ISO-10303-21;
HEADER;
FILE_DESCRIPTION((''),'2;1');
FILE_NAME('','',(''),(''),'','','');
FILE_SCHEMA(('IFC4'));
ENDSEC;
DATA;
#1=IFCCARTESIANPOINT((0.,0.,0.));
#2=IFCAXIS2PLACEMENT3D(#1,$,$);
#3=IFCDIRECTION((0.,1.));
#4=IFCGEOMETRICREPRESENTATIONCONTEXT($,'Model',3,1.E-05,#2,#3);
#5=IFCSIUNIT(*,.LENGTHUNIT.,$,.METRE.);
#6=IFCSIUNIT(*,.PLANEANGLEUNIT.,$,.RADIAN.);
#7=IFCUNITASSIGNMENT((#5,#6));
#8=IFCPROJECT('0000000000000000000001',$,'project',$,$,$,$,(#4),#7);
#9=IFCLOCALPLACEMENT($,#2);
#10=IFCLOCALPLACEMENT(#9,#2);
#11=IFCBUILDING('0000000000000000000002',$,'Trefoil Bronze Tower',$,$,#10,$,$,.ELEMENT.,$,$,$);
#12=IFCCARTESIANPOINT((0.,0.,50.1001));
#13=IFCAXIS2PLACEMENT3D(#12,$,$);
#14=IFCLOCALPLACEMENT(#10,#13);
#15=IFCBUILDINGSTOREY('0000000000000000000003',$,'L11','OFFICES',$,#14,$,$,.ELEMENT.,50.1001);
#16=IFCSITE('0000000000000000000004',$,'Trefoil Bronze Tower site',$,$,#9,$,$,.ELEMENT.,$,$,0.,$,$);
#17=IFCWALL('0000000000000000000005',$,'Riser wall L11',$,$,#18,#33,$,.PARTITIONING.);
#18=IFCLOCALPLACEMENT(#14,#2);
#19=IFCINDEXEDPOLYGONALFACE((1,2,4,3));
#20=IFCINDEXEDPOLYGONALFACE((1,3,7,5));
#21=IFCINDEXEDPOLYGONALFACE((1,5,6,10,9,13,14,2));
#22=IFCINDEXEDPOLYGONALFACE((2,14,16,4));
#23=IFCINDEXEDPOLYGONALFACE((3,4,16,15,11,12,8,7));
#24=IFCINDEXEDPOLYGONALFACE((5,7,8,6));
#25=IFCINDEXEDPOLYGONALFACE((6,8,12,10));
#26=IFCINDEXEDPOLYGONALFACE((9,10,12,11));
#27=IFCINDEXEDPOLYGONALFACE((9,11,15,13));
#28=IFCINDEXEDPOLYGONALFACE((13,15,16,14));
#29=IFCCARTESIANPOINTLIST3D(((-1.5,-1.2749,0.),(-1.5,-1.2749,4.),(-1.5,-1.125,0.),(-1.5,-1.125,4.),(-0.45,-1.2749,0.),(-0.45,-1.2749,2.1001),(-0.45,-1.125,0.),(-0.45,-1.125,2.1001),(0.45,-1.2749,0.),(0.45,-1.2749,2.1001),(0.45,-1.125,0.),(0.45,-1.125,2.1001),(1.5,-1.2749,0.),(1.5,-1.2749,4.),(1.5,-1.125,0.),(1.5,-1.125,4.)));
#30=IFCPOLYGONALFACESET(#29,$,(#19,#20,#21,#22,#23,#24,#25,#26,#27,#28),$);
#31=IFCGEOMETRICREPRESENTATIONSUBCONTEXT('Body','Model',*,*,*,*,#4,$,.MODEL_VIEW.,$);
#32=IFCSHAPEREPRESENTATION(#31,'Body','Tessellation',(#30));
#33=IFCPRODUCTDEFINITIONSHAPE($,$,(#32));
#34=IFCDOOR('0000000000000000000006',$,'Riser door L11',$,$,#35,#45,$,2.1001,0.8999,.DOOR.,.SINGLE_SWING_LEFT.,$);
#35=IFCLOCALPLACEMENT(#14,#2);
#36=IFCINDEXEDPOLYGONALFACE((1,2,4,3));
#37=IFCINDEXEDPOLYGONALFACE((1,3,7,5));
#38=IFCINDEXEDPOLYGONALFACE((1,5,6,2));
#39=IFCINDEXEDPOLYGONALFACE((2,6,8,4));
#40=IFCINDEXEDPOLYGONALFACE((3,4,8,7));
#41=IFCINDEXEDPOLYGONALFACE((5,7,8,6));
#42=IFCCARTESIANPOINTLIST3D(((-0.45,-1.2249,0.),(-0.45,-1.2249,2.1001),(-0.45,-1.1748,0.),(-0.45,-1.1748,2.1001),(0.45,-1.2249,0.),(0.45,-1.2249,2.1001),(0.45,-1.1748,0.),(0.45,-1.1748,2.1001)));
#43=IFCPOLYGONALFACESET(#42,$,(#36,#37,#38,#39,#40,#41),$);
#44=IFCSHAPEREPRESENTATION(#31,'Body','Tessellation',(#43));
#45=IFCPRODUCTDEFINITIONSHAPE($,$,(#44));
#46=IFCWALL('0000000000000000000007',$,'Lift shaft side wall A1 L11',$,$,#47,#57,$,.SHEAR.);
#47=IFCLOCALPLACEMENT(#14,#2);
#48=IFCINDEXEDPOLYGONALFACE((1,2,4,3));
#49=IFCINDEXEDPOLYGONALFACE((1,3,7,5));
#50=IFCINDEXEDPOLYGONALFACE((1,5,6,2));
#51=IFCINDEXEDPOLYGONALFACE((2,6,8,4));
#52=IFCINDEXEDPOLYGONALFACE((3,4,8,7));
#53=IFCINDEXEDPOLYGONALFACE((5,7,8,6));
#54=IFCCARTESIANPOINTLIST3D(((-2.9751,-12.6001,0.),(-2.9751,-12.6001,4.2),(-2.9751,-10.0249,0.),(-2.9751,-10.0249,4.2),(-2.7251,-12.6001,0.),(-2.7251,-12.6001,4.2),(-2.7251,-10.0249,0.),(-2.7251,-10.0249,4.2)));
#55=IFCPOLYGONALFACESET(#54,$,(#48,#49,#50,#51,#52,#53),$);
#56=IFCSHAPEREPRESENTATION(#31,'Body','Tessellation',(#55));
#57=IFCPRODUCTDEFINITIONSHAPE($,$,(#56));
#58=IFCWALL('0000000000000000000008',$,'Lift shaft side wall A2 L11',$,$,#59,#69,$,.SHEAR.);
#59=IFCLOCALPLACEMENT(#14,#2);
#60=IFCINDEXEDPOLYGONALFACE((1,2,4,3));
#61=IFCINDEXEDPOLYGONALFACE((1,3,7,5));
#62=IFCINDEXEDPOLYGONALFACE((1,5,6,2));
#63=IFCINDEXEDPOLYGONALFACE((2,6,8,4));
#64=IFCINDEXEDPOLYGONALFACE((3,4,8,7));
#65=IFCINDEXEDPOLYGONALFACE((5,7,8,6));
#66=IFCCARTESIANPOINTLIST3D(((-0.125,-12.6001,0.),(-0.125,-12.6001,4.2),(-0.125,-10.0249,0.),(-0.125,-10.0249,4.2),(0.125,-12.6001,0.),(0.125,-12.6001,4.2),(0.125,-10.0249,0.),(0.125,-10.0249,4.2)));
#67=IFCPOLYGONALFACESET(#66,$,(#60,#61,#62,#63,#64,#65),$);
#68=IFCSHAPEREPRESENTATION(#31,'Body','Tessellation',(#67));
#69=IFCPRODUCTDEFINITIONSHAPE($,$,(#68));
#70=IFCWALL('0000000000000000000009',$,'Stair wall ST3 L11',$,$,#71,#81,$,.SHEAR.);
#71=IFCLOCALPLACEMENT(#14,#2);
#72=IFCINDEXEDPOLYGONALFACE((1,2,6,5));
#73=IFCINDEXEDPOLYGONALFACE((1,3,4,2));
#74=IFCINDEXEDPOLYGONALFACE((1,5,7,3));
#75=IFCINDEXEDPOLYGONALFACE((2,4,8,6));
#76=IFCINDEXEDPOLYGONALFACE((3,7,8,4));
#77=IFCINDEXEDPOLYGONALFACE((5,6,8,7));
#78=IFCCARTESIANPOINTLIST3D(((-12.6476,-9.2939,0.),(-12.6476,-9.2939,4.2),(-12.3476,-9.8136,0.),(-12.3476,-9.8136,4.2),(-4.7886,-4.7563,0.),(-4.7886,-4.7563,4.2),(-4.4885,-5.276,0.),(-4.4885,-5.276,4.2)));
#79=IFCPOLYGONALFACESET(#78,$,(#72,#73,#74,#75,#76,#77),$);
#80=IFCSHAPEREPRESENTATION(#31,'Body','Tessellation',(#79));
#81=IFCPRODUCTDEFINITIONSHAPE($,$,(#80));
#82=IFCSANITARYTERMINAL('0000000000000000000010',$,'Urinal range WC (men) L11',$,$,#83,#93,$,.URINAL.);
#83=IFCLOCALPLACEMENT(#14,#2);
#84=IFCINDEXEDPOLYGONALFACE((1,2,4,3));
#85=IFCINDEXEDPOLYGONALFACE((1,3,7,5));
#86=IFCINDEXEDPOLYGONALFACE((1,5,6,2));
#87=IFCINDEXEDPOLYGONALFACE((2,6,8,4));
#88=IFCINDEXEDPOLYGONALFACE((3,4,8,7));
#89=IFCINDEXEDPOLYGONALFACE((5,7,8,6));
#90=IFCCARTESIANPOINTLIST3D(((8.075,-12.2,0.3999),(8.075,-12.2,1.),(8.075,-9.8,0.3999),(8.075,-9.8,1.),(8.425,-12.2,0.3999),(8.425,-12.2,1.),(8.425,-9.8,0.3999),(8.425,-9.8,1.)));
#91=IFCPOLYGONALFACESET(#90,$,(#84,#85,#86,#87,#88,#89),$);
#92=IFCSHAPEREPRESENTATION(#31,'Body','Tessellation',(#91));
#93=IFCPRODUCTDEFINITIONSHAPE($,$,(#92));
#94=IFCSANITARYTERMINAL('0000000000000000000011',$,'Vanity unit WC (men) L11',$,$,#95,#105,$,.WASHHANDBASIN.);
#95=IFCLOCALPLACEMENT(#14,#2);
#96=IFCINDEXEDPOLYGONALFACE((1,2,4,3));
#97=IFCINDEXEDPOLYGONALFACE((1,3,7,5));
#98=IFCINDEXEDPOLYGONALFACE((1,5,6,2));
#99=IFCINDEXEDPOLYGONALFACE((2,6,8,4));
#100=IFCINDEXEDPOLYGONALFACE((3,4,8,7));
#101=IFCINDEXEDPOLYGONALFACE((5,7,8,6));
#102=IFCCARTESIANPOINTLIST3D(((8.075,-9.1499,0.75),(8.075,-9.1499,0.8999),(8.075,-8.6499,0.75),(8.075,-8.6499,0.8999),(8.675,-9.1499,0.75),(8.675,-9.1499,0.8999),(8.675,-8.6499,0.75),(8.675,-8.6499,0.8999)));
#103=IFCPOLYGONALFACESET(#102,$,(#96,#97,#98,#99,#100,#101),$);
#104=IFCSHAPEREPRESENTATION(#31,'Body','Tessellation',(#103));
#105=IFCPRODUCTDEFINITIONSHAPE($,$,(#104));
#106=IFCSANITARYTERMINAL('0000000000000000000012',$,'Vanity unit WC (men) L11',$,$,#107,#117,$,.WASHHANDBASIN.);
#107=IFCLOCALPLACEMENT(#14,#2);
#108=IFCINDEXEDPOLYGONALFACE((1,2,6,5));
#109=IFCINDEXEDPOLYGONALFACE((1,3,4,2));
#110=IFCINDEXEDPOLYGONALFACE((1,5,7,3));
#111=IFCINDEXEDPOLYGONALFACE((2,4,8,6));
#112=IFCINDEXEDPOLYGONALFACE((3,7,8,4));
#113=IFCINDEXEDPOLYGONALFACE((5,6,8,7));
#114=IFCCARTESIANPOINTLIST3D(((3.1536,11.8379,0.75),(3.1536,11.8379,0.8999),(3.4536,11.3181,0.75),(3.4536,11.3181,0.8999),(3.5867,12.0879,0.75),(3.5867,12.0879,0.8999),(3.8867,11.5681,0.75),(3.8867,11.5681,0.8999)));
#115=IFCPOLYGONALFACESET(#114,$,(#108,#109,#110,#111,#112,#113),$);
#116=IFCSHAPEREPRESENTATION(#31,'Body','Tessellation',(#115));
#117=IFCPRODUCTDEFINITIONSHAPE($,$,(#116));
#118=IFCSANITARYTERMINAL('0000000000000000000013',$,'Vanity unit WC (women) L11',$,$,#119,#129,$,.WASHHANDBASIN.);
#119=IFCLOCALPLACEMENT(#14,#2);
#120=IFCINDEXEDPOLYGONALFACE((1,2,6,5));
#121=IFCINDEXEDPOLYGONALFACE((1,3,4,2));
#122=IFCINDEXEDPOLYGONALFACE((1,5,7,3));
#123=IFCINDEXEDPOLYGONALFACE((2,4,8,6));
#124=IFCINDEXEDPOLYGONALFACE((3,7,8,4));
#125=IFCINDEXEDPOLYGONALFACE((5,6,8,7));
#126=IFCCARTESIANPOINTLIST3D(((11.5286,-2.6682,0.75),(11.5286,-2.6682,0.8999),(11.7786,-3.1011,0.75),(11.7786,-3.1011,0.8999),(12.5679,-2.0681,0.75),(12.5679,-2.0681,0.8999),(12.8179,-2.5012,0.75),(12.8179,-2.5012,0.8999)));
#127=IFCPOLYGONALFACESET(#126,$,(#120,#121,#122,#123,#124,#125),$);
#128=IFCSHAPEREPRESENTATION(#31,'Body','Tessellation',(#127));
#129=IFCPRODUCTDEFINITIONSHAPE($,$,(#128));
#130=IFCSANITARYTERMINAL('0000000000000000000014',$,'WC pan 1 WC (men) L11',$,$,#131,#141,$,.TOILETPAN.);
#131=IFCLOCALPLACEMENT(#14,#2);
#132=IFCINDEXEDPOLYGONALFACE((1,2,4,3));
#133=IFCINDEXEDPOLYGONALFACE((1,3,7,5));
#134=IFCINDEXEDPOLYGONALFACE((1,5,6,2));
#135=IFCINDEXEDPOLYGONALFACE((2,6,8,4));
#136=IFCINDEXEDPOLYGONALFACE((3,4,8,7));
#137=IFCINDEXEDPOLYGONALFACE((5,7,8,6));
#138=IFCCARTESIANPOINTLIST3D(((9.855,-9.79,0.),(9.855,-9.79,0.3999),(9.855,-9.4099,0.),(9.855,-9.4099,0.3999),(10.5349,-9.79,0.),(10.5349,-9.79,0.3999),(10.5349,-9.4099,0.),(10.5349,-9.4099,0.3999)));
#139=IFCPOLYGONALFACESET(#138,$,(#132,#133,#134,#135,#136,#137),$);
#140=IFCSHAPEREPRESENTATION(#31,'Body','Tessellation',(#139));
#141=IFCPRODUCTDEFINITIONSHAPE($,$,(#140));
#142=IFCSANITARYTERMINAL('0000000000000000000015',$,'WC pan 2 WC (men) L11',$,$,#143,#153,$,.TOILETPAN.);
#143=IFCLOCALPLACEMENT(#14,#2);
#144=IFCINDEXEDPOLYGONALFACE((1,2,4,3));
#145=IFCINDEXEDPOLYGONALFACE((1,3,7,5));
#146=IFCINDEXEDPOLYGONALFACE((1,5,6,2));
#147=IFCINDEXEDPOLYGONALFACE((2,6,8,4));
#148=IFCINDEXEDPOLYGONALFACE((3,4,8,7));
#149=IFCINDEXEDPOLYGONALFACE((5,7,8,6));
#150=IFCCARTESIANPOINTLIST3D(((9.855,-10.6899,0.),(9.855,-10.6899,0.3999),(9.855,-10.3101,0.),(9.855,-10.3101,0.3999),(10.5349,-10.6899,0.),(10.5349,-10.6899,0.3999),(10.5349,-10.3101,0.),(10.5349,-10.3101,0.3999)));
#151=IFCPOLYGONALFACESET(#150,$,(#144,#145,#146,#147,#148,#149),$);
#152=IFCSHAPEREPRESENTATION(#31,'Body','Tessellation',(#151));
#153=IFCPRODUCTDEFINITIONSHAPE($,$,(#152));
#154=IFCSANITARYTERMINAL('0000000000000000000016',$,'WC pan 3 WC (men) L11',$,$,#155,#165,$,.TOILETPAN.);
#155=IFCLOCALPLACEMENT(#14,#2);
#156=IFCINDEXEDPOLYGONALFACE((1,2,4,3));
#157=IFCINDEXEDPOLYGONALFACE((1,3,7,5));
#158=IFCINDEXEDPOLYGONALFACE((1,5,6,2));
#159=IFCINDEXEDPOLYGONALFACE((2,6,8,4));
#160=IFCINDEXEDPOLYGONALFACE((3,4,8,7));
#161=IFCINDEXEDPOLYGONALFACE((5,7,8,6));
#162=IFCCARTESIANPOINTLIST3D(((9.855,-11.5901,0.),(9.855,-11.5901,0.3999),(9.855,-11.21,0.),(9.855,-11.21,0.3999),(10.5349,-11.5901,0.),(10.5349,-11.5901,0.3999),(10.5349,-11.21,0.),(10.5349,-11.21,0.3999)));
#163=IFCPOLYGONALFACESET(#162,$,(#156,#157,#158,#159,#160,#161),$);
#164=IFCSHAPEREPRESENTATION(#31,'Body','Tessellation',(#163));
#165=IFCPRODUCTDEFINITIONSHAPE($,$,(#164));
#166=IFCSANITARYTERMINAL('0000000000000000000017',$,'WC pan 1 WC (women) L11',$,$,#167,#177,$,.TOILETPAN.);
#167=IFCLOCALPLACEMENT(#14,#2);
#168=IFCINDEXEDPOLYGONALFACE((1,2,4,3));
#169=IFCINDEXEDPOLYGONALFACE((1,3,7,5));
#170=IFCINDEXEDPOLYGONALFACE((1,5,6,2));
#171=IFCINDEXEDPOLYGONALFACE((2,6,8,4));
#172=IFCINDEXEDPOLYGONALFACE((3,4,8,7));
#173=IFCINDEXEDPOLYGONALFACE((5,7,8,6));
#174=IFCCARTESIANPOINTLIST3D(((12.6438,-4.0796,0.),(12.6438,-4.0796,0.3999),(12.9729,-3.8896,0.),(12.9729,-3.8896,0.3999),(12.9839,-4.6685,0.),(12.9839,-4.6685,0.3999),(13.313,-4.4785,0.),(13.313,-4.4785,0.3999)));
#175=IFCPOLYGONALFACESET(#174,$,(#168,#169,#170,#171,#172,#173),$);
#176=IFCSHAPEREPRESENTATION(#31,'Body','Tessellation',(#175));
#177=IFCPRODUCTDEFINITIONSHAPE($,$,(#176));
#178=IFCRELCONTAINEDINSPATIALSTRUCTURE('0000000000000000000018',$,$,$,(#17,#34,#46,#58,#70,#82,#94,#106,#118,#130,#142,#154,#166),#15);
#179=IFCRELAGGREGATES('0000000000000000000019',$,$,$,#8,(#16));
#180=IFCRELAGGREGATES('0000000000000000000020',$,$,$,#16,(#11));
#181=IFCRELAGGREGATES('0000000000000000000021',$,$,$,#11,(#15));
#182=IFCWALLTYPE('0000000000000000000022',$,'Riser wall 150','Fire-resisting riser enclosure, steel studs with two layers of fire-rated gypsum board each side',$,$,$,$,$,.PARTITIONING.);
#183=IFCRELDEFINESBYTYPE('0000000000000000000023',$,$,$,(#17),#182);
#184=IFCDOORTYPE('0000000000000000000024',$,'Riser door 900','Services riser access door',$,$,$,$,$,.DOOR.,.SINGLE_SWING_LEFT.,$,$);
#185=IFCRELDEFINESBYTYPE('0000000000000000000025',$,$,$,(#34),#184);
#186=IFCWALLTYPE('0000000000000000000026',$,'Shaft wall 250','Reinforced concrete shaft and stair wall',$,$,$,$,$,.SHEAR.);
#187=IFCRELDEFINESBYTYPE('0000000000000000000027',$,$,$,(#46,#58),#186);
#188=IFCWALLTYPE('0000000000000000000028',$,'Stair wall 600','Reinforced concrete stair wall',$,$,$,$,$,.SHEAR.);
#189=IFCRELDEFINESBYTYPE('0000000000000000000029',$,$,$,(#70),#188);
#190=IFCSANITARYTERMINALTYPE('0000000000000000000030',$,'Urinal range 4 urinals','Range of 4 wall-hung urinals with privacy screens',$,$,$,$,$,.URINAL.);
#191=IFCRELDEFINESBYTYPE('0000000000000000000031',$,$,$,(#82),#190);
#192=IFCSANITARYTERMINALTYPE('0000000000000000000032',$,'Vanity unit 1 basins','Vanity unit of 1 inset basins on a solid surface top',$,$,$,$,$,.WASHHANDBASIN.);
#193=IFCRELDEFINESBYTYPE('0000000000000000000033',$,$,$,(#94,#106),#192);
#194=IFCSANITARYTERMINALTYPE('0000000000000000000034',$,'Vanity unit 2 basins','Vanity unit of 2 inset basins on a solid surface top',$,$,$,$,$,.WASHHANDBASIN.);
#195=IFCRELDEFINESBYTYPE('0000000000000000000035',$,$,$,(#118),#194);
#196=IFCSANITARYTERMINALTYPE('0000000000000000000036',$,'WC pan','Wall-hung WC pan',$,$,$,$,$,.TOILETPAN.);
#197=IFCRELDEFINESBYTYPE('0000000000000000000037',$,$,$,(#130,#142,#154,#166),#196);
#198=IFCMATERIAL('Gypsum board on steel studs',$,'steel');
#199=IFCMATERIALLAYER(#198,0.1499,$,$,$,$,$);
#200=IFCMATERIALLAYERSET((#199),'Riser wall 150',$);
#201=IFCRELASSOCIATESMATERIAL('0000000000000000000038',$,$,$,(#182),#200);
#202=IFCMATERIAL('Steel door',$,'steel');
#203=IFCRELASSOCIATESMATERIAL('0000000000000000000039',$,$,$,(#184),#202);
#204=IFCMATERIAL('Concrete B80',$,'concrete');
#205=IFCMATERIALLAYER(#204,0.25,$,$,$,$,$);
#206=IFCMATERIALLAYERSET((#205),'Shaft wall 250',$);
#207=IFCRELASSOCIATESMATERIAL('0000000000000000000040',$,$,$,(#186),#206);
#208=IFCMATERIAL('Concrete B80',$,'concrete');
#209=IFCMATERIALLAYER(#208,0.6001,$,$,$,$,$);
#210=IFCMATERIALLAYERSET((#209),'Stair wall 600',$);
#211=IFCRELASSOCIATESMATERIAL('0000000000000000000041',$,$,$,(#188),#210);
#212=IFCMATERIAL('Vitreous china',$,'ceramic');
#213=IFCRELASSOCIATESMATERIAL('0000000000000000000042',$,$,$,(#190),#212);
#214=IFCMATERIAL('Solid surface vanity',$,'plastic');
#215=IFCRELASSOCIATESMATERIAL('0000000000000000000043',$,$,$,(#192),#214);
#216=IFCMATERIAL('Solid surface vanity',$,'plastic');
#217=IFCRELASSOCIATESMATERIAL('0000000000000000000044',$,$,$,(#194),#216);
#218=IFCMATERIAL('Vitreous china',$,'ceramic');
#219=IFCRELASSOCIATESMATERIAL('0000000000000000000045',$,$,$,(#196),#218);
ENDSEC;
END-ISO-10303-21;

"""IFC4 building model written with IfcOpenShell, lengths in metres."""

from ifc_helpers import new_model, si_unit, direction, frame, frame_2d, origin, place, context, subcontext, project, spatial, polyline, rectangle, outline, extrude, material, layer, layer_set, type_object, element, fill, save


model = new_model("IFC4")

# Units and contexts
model_context = context("Model", 3, precision=1e-05, world=origin(), true_north=direction((0.0, 1.0)))
body_context = subcontext(model_context, "Body", "Model", "MODEL_VIEW")
ifc_project = project(units=[si_unit("LENGTHUNIT", "METRE"), si_unit("PLANEANGLEUNIT", "RADIAN")], contexts=[model_context])

# Site, building, storey
site_placement = place(None, origin())
site = spatial("IfcSite", under=ifc_project, at=site_placement, Name="Trefoil Bronze Tower site", CompositionType="ELEMENT", RefElevation=0.0)
building_placement = place(site_placement, origin())
building = spatial("IfcBuilding", under=site, at=building_placement, Name="Trefoil Bronze Tower", CompositionType="ELEMENT")
storey_placement = place(building_placement, frame((0.0, 0.0, 50.1001)))
storey = spatial("IfcBuildingStorey", under=building, at=storey_placement, Name="L11", Description="OFFICES", CompositionType="ELEMENT", Elevation=50.1001)

# Wall, opening, door
ifc_material_1 = material(Name="Gypsum board on steel studs", Category="steel")
ifc_layer_1 = layer(ifc_material_1, 0.1499)
ifc_layer_set_1 = layer_set([ifc_layer_1], Name="Riser wall 150")
wall_type_1 = type_object("IfcWallType", Name="Riser wall 150", Description="Fire-resisting riser enclosure, steel studs with two layers of fire-rated gypsum board each side", PredefinedType="PARTITIONING", material=ifc_layer_set_1)
wall_1_placement = place(storey_placement, frame((-1.5, -1.2, 0.0), z_axis=(0.0, 0.0, 1.0), x_axis=(1.0, 0.0, 0.0)))
wall_1 = element("IfcWall", 1, at=wall_1_placement, inside=storey, type_object=wall_type_1, Name="Riser wall L11", PredefinedType="PARTITIONING", context=body_context, shape_type="SweptSolid", body=[
    extrude(rectangle(XDim=3.0, YDim=0.1499, at=frame_2d((1.5, 0.0))), origin(), (0.0, 0.0, 1.0), 4.0),
])
opening_placement = place(wall_1_placement, frame((1.05, 0.0, 0.0)))
opening = element("IfcOpeningElement", 2, at=opening_placement, cuts=wall_1, PredefinedType="OPENING", context=body_context, shape_type="SweptSolid", body=[
    extrude(rectangle(XDim=0.8999, YDim=2.1001, at=frame_2d((0.45, 1.05))), frame((0.0, 0.085, 0.0), z_axis=(0.0, -1.0, 0.0), x_axis=(1.0, 0.0, 0.0)), (0.0, 0.0, 1.0), 0.1699),
])
ifc_material_2 = material(Name="Steel door", Category="steel")
door_type = type_object("IfcDoorType", Name="Riser door 900", Description="Services riser access door", OperationType="SINGLE_SWING_LEFT", PredefinedType="DOOR", material=ifc_material_2)
door_placement = place(opening_placement, frame((0.8999, 0.0, 0.0), z_axis=(0.0, 0.0, 1.0), x_axis=(-1.0, 0.0, 0.0)))
door = element("IfcDoor", 3, at=door_placement, inside=storey, type_object=door_type, Name="Riser door L11", OperationType="SINGLE_SWING_LEFT", OverallHeight=2.1001, OverallWidth=0.8999, PredefinedType="DOOR", context=body_context, shape_type="SweptSolid", body=[
    extrude(rectangle(XDim=0.8999, YDim=2.1001, at=frame_2d((0.45, 1.05))), frame((0.0, 0.0249, 0.0), z_axis=(0.0, -1.0, 0.0), x_axis=(1.0, 0.0, 0.0)), (0.0, 0.0, 1.0), 0.05),
])
fill(opening, door)

# Walls
ifc_material_3 = material(Name="Concrete B80", Category="concrete")
ifc_layer_2 = layer(ifc_material_3, 0.25)
ifc_layer_set_2 = layer_set([ifc_layer_2], Name="Shaft wall 250")
wall_type_2 = type_object("IfcWallType", Name="Shaft wall 250", Description="Reinforced concrete shaft and stair wall", PredefinedType="SHEAR", material=ifc_layer_set_2)
for number, where, z_axis, x_axis, name in (
    (4, (-2.8501, -10.0249, 0.0), (0.0, 0.0, 1.0), (0.0, -1.0, 0.0), "Lift shaft side wall A1 L11"),
    (5, (0.0, -10.0249, 0.0), (0.0, 0.0, 1.0), (0.0, -1.0, 0.0), "Lift shaft side wall A2 L11"),
):
    element("IfcWall", number, at=place(storey_placement, frame(where, z_axis=z_axis, x_axis=x_axis)), inside=storey, type_object=wall_type_2, Name=name, PredefinedType="SHEAR", context=body_context, shape_type="SweptSolid", body=[
        extrude(rectangle(XDim=2.5752, YDim=0.25, at=frame_2d((1.2876, 0.0))), origin(), (0.0, 0.0, 1.0), 4.2),
    ])
ifc_material_4 = material(Name="Concrete B80", Category="concrete")
ifc_layer_3 = layer(ifc_material_4, 0.6001)
ifc_layer_set_3 = layer_set([ifc_layer_3], Name="Stair wall 600")
wall_type_3 = type_object("IfcWallType", Name="Stair wall 600", Description="Reinforced concrete stair wall", PredefinedType="SHEAR", material=ifc_layer_set_3)
wall_2_placement = place(storey_placement, frame((-4.6384, -5.0161, 0.0), z_axis=(0.0, 0.0, 1.0), x_axis=(-0.866019, -0.50001, 0.0)))
element("IfcWall", 6, at=wall_2_placement, inside=storey, type_object=wall_type_3, Name="Stair wall ST3 L11", PredefinedType="SHEAR", context=body_context, shape_type="SweptSolid", body=[
    extrude(rectangle(XDim=9.075, YDim=0.6001, at=frame_2d((4.5376, 0.0))), origin(), (0.0, 0.0, 1.0), 4.2),
])

# Sanitary terminals
ifc_material_5 = material(Name="Vitreous china", Category="ceramic")
sanitary_terminal_type_1 = type_object("IfcSanitaryTerminalType", Name="Urinal range 4 urinals", Description="Range of 4 wall-hung urinals with privacy screens", PredefinedType="URINAL", material=ifc_material_5)
sanitary_terminal_1_placement = place(storey_placement, frame((0.0, 0.0, 0.3999)))
element("IfcSanitaryTerminal", 7, at=sanitary_terminal_1_placement, inside=storey, type_object=sanitary_terminal_type_1, Name="Urinal range WC (men) L11", PredefinedType="URINAL", context=body_context, shape_type="SweptSolid", body=[
    extrude(outline(polyline([(8.075, -9.8), (8.425, -9.8), (8.425, -12.2), (8.075, -12.2), (8.075, -9.8)])), origin(), (0.0, 0.0, 1.0), 0.6001),
])
ifc_material_6 = material(Name="Solid surface vanity", Category="plastic")
sanitary_terminal_type_2 = type_object("IfcSanitaryTerminalType", Name="Vanity unit 1 basins", Description="Vanity unit of 1 inset basins on a solid surface top", PredefinedType="WASHHANDBASIN", material=ifc_material_6)
sanitary_terminal_2_placement = place(storey_placement, frame((0.0, 0.0, 0.75)))
element("IfcSanitaryTerminal", 8, at=sanitary_terminal_2_placement, inside=storey, type_object=sanitary_terminal_type_2, Name="Vanity unit WC (men) L11", PredefinedType="WASHHANDBASIN", context=body_context, shape_type="SweptSolid", body=[
    extrude(outline(polyline([(8.075, -8.6499), (8.675, -8.6499), (8.675, -9.1499), (8.075, -9.1499), (8.075, -8.6499)])), origin(), (0.0, 0.0, 1.0), 0.1499),
])
sanitary_terminal_3_placement = place(storey_placement, frame((0.0, 0.0, 0.75)))
element("IfcSanitaryTerminal", 9, at=sanitary_terminal_3_placement, inside=storey, type_object=sanitary_terminal_type_2, Name="Vanity unit WC (men) L11", PredefinedType="WASHHANDBASIN", context=body_context, shape_type="SweptSolid", body=[
    extrude(outline(polyline([(3.4536, 11.3181), (3.1536, 11.8379), (3.5867, 12.0879), (3.8867, 11.5681), (3.4536, 11.3181)])), origin(), (0.0, 0.0, 1.0), 0.1499),
])
ifc_material_7 = material(Name="Solid surface vanity", Category="plastic")
sanitary_terminal_type_3 = type_object("IfcSanitaryTerminalType", Name="Vanity unit 2 basins", Description="Vanity unit of 2 inset basins on a solid surface top", PredefinedType="WASHHANDBASIN", material=ifc_material_7)
sanitary_terminal_4_placement = place(storey_placement, frame((0.0, 0.0, 0.75)))
element("IfcSanitaryTerminal", 10, at=sanitary_terminal_4_placement, inside=storey, type_object=sanitary_terminal_type_3, Name="Vanity unit WC (women) L11", PredefinedType="WASHHANDBASIN", context=body_context, shape_type="SweptSolid", body=[
    extrude(outline(polyline([(11.5286, -2.6682), (11.7786, -3.1011), (12.8179, -2.5012), (12.5679, -2.0681), (11.5286, -2.6682)])), origin(), (0.0, 0.0, 1.0), 0.1499),
])
ifc_material_8 = material(Name="Vitreous china", Category="ceramic")
sanitary_terminal_type_4 = type_object("IfcSanitaryTerminalType", Name="WC pan", Description="Wall-hung WC pan", PredefinedType="TOILETPAN", material=ifc_material_8)
sanitary_terminal_5_placement = place(storey_placement, origin())
element("IfcSanitaryTerminal", 11, at=sanitary_terminal_5_placement, inside=storey, type_object=sanitary_terminal_type_4, Name="WC pan 1 WC (men) L11", PredefinedType="TOILETPAN", context=body_context, shape_type="SweptSolid", body=[
    extrude(outline(polyline([(9.855, -9.4099), (10.5349, -9.4099), (10.5349, -9.79), (9.855, -9.79), (9.855, -9.4099)])), origin(), (0.0, 0.0, 1.0), 0.3999),
])
sanitary_terminal_6_placement = place(storey_placement, origin())
element("IfcSanitaryTerminal", 12, at=sanitary_terminal_6_placement, inside=storey, type_object=sanitary_terminal_type_4, Name="WC pan 2 WC (men) L11", PredefinedType="TOILETPAN", context=body_context, shape_type="SweptSolid", body=[
    extrude(outline(polyline([(9.855, -10.3101), (10.5349, -10.3101), (10.5349, -10.6899), (9.855, -10.6899), (9.855, -10.3101)])), origin(), (0.0, 0.0, 1.0), 0.3999),
])
sanitary_terminal_7_placement = place(storey_placement, origin())
element("IfcSanitaryTerminal", 13, at=sanitary_terminal_7_placement, inside=storey, type_object=sanitary_terminal_type_4, Name="WC pan 3 WC (men) L11", PredefinedType="TOILETPAN", context=body_context, shape_type="SweptSolid", body=[
    extrude(outline(polyline([(9.855, -11.21), (10.5349, -11.21), (10.5349, -11.5901), (9.855, -11.5901), (9.855, -11.21)])), origin(), (0.0, 0.0, 1.0), 0.3999),
])
sanitary_terminal_8_placement = place(storey_placement, origin())
element("IfcSanitaryTerminal", 14, at=sanitary_terminal_8_placement, inside=storey, type_object=sanitary_terminal_type_4, Name="WC pan 1 WC (women) L11", PredefinedType="TOILETPAN", context=body_context, shape_type="SweptSolid", body=[
    extrude(outline(polyline([(12.6438, -4.0796), (12.9839, -4.6685), (13.313, -4.4785), (12.9729, -3.8896), (12.6438, -4.0796)])), origin(), (0.0, 0.0, 1.0), 0.3999),
])

save(model, "model.ifc")
